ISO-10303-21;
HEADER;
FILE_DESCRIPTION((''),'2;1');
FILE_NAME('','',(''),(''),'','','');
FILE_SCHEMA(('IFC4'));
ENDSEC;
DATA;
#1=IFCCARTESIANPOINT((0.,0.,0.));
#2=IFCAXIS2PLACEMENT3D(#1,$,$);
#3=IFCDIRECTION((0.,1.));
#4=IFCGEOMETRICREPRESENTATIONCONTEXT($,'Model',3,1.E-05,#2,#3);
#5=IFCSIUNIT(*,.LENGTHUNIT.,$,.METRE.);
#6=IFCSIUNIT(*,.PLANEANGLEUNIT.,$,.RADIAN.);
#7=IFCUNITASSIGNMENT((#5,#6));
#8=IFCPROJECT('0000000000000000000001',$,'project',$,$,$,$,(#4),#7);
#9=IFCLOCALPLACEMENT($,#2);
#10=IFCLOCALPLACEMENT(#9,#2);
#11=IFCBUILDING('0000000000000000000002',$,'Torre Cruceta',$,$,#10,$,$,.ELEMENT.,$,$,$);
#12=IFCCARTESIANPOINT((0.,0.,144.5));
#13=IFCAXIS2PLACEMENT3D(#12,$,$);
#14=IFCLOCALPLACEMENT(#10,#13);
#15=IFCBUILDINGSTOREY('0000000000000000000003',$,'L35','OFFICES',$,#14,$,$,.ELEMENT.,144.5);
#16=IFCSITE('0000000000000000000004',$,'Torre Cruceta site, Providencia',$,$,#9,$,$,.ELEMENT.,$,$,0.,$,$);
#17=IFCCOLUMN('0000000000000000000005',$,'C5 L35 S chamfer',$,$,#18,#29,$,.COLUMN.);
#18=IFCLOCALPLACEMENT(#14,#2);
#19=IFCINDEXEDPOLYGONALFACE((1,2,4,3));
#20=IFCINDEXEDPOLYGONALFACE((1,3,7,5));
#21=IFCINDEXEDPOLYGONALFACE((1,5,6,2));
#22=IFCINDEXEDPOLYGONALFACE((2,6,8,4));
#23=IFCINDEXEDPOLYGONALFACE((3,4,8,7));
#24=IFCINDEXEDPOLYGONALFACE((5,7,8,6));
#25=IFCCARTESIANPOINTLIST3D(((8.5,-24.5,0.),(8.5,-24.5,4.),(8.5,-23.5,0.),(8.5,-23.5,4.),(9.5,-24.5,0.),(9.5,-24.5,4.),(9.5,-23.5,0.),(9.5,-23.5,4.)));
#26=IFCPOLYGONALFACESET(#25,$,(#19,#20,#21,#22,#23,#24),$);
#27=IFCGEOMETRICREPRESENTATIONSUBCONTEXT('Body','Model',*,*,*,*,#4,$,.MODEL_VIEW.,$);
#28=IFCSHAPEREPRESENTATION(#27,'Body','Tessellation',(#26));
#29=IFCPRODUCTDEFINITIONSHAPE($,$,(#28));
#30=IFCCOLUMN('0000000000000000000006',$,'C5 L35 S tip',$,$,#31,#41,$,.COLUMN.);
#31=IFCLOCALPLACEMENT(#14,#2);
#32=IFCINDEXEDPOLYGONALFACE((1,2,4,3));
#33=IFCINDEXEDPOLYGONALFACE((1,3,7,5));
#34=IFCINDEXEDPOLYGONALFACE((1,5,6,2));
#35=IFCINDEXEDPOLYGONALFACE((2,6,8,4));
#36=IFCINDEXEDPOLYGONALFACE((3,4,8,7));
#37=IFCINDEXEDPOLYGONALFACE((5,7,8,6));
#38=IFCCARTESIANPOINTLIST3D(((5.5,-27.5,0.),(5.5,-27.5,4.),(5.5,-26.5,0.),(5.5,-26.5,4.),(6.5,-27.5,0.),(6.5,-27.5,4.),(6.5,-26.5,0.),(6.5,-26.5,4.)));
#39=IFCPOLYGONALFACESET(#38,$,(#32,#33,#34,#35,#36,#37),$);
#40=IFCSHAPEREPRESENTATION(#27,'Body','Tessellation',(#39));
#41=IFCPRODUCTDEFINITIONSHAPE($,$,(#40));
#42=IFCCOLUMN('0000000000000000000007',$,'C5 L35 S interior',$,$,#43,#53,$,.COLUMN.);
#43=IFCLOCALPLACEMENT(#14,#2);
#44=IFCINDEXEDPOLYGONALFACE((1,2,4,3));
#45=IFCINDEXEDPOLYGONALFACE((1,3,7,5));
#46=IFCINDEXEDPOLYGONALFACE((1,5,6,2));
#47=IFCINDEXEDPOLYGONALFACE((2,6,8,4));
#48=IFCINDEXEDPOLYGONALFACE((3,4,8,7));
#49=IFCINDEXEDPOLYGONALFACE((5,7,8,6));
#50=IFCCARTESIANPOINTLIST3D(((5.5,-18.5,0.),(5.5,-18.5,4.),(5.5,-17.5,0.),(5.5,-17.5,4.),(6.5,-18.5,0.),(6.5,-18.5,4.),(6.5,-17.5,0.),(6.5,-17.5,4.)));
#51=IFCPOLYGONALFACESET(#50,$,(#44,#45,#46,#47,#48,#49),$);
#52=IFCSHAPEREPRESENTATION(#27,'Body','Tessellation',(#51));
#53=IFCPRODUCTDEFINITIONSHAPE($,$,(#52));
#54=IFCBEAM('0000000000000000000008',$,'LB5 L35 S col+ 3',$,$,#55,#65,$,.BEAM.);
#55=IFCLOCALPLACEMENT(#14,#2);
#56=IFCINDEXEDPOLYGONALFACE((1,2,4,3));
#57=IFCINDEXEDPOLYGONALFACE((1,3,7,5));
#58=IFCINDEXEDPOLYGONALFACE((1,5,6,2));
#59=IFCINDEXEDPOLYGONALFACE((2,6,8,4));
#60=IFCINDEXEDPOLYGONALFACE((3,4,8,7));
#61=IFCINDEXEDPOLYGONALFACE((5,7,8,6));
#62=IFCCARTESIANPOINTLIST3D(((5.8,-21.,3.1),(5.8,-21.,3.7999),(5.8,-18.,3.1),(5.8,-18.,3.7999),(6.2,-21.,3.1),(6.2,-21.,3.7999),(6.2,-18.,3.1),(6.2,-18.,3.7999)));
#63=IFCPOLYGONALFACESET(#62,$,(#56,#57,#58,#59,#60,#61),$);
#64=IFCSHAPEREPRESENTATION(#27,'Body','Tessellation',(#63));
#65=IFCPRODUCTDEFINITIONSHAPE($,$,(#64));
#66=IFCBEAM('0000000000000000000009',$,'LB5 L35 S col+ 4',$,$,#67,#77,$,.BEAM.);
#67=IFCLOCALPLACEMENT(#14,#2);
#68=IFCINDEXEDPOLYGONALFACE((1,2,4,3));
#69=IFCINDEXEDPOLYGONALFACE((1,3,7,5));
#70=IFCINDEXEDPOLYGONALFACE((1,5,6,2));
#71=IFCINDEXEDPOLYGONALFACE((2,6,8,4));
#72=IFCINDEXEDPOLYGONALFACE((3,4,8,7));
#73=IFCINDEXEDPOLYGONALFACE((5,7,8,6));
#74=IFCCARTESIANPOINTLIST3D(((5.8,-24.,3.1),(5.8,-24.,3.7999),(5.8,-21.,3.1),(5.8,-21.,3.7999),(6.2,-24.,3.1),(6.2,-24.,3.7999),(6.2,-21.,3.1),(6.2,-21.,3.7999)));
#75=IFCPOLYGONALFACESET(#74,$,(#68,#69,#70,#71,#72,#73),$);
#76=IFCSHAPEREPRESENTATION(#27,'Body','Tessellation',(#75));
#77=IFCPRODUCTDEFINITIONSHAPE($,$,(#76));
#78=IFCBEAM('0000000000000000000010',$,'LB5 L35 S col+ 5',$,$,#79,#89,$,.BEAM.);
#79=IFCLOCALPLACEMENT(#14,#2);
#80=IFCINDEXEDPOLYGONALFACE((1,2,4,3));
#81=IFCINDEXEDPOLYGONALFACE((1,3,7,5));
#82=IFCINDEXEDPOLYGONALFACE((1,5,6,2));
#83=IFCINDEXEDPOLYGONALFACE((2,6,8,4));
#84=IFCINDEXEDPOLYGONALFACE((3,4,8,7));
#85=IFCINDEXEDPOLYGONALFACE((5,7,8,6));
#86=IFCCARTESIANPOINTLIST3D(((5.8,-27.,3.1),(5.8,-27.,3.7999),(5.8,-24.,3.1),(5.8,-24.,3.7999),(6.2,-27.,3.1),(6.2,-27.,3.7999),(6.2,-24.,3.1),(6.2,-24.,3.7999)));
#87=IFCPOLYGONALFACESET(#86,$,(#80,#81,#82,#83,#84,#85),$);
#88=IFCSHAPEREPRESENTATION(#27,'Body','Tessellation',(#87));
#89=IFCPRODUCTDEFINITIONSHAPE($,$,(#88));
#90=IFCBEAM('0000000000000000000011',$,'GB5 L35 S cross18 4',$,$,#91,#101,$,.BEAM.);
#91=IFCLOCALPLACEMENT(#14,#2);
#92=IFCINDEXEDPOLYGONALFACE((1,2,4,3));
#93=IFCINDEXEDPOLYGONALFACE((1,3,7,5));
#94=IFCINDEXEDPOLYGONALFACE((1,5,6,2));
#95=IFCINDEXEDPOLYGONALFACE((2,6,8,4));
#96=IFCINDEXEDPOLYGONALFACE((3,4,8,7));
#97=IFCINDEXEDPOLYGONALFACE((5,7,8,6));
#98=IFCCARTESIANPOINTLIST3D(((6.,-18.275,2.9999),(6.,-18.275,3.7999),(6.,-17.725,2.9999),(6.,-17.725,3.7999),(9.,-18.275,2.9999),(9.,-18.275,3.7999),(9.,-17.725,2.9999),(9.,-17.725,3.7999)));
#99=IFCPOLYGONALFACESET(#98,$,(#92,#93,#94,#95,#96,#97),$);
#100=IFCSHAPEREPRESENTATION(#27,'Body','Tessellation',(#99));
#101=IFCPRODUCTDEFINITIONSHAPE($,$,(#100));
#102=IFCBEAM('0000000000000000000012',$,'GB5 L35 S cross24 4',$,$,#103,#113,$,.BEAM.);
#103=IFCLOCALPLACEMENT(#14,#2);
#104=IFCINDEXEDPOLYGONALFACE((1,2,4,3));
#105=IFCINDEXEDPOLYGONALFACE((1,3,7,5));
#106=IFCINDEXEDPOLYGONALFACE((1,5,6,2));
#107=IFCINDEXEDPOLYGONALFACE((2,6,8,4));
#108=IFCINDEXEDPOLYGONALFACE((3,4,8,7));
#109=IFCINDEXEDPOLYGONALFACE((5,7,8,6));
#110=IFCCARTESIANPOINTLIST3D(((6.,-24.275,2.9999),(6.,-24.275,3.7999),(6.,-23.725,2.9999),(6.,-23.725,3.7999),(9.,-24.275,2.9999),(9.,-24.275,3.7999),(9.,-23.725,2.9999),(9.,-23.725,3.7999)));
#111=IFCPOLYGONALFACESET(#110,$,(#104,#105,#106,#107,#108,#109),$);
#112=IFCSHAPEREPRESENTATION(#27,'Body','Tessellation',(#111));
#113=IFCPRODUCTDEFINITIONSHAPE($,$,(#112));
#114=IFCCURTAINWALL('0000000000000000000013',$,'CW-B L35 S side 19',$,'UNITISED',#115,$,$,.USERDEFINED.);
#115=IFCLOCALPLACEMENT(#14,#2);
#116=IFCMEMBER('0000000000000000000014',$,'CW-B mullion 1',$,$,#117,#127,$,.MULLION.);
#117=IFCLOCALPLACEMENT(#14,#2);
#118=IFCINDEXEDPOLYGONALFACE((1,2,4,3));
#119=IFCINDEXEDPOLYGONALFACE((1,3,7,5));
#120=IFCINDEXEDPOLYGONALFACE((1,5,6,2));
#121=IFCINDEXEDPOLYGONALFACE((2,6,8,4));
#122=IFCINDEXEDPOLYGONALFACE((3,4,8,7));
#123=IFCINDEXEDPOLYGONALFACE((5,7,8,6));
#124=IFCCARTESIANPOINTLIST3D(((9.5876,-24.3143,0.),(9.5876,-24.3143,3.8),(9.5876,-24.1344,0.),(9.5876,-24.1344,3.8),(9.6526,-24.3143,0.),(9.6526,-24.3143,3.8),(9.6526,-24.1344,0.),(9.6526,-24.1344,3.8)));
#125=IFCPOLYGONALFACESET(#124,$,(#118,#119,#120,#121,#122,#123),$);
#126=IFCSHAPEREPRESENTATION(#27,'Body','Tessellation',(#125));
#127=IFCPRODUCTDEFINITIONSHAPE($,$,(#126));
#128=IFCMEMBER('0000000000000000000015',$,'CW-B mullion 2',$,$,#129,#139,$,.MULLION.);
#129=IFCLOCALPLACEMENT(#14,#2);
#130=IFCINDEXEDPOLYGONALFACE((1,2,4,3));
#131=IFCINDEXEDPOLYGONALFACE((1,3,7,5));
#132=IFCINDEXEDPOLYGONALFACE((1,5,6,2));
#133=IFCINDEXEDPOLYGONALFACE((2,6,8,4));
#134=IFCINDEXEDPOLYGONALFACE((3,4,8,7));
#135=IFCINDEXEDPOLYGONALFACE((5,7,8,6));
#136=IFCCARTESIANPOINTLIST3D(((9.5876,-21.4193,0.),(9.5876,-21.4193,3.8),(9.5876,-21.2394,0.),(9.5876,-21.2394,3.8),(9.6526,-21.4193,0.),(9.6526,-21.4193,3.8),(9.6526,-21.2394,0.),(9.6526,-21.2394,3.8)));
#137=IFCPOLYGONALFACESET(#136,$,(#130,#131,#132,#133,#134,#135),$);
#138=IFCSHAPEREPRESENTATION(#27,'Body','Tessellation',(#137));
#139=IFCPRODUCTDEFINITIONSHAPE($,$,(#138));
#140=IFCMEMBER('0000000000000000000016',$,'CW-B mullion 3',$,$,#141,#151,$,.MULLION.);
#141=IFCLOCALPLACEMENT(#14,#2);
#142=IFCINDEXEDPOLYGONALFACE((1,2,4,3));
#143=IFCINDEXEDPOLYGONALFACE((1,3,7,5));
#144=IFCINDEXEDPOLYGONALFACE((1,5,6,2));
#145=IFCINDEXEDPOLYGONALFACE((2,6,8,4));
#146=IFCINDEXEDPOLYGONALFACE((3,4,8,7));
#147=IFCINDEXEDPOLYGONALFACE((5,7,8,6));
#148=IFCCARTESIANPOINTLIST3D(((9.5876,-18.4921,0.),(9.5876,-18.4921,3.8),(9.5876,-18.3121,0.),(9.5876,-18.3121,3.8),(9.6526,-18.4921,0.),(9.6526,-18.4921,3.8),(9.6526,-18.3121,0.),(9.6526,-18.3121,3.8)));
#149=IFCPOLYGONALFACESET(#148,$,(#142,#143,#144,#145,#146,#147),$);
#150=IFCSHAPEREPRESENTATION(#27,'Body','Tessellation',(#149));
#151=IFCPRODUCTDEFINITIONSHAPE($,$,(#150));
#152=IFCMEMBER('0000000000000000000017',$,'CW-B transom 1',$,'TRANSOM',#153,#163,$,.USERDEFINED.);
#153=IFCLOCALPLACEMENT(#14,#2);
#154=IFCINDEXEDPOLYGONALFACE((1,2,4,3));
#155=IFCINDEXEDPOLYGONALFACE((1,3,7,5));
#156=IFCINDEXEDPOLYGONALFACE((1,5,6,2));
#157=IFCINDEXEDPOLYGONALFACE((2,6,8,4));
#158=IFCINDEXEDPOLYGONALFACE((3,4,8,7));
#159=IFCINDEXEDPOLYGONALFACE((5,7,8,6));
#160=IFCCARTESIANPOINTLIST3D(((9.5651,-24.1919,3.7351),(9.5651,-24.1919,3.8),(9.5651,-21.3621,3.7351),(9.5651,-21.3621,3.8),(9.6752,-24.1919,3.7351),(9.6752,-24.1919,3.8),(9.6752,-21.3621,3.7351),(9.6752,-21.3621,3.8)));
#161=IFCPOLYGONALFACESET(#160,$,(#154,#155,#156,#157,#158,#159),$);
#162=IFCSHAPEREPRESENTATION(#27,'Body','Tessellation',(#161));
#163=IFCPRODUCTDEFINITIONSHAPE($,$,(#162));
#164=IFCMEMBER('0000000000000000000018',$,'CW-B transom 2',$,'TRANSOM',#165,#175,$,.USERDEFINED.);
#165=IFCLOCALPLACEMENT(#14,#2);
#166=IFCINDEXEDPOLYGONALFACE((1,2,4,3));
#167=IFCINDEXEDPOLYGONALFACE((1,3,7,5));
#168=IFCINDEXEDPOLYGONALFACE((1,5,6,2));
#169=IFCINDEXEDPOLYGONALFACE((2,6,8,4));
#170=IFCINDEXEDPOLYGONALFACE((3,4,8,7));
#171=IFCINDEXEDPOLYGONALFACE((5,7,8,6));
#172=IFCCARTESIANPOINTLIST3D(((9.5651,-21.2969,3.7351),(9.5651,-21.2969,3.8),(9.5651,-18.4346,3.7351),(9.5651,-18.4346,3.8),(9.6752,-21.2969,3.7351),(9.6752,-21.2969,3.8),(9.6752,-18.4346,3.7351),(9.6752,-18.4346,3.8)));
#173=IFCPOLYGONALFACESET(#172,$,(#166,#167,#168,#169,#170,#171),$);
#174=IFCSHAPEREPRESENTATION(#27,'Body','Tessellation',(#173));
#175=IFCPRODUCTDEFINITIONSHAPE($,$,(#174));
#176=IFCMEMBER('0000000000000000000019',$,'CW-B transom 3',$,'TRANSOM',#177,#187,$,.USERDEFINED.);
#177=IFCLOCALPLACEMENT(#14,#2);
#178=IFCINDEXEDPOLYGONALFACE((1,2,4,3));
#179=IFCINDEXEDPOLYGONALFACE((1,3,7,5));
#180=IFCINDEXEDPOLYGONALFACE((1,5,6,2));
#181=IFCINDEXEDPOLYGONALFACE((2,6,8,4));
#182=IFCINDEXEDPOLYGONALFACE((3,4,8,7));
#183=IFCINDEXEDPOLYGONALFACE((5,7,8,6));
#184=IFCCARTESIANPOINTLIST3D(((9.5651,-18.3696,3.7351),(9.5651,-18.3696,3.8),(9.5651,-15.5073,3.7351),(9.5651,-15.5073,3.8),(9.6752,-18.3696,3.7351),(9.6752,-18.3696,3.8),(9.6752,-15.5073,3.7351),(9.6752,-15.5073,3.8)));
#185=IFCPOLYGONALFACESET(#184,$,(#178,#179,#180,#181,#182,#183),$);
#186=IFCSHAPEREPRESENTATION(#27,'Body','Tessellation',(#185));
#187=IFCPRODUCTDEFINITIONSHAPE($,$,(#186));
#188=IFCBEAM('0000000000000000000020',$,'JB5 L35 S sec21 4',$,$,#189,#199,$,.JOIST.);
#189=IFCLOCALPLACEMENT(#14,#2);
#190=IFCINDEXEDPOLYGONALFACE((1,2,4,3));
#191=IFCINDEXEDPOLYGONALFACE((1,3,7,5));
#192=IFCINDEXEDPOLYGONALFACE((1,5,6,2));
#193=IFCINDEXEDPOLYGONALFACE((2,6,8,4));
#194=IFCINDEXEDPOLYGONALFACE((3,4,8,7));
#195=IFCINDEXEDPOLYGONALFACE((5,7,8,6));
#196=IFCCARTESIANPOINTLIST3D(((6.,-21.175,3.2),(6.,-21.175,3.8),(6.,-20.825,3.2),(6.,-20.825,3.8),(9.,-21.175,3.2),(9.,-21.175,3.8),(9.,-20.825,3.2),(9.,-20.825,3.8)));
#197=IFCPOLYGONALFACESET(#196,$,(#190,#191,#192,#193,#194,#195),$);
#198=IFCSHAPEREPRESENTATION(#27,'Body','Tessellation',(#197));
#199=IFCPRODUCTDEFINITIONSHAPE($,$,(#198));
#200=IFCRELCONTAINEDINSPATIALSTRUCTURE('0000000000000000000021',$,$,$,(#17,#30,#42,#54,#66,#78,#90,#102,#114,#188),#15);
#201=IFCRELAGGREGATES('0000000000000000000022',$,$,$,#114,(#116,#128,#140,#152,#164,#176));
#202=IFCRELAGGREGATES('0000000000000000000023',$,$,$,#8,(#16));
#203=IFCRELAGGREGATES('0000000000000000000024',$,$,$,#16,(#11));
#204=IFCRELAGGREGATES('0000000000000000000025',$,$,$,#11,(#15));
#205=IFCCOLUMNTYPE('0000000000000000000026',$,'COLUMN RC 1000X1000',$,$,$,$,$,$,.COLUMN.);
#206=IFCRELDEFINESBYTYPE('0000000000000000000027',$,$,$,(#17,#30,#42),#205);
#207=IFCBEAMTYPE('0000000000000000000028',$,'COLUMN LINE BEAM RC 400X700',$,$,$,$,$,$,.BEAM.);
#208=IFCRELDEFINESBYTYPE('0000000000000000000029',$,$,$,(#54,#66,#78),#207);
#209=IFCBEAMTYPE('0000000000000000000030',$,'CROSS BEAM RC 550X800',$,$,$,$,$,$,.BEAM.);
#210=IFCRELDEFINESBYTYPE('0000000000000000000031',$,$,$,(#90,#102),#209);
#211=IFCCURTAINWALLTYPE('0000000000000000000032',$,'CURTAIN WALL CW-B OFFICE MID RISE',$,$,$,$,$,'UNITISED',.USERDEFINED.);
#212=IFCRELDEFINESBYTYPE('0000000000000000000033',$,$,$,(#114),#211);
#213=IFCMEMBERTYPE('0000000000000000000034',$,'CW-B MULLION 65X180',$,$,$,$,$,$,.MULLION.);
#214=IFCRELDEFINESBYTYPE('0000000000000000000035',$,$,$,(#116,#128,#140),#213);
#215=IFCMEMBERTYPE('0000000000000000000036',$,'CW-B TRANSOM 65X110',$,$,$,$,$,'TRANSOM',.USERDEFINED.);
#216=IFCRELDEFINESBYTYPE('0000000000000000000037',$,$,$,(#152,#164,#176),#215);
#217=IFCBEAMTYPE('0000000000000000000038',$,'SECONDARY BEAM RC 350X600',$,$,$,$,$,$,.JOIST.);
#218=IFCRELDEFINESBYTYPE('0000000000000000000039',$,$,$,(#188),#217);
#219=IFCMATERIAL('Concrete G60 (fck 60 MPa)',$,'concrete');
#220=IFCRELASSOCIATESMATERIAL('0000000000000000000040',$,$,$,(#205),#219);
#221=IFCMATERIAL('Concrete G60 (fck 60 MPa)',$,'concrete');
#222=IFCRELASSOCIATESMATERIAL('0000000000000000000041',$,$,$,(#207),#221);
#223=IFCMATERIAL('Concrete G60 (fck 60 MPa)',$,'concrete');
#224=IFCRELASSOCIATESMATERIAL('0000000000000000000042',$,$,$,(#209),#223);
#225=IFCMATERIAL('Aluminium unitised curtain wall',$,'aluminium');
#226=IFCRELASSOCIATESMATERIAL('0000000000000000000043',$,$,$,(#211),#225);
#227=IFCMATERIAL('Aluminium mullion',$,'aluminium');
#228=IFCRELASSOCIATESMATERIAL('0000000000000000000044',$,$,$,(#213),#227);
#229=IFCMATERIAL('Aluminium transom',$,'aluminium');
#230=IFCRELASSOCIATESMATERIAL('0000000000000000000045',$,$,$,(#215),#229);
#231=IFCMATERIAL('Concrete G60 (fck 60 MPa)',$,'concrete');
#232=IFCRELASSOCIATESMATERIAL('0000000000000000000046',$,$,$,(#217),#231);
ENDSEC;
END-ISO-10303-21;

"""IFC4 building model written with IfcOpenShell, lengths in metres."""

from ifc_helpers import new_model, si_unit, direction, frame, origin, origin_2d, place, context, subcontext, project, spatial, rectangle, extrude, material, material_profile, profile_set, type_object, element, aggregate, save


model = new_model("IFC4")

# Units and contexts
model_context = context("Model", 3, precision=1e-05, world=origin(), true_north=direction((0.0, 1.0)))
body_context = subcontext(model_context, "Body", "Model", "MODEL_VIEW")
ifc_project = project(units=[si_unit("LENGTHUNIT", "METRE"), si_unit("PLANEANGLEUNIT", "RADIAN")], contexts=[model_context])

# Site, building, storey
site_placement = place(None, origin())
site = spatial("IfcSite", under=ifc_project, at=site_placement, Name="Torre Cruceta site, Providencia", CompositionType="ELEMENT", RefElevation=0.0)
building_placement = place(site_placement, origin())
building = spatial("IfcBuilding", under=site, at=building_placement, Name="Torre Cruceta", CompositionType="ELEMENT")
storey_placement = place(building_placement, frame((0.0, 0.0, 144.5)))
storey = spatial("IfcBuildingStorey", under=building, at=storey_placement, Name="L35", Description="OFFICES", CompositionType="ELEMENT", Elevation=144.5)

# Columns
ifc_material_1 = material(Name="Concrete G60 (fck 60 MPa)", Category="concrete")
ifc_material_profile_1 = material_profile(ifc_material_1, rectangle(XDim=1.0, YDim=1.0, at=origin_2d()), Name="RC 1000X1000")
ifc_profile_set_1 = profile_set([ifc_material_profile_1], Name="Concrete G60 (fck 60 MPa)")
column_type = type_object("IfcColumnType", Name="COLUMN RC 1000X1000", PredefinedType="COLUMN", material=ifc_profile_set_1)
for number, where, z_axis, x_axis, name in (
    (1, (9.0, -24.0, 0.0), (0.0, 0.0, 1.0), (1.0, 0.0, 0.0), "C5 L35 S chamfer"),
    (2, (6.0, -27.0, 0.0), (0.0, 0.0, 1.0), (1.0, 0.0, 0.0), "C5 L35 S tip"),
    (3, (6.0, -18.0, 0.0), (0.0, 0.0, 1.0), (1.0, 0.0, 0.0), "C5 L35 S interior"),
):
    element("IfcColumn", number, at=place(storey_placement, frame(where, z_axis=z_axis, x_axis=x_axis)), inside=storey, type_object=column_type, Name=name, PredefinedType="COLUMN", context=body_context, shape_type="SweptSolid", body=[
        extrude(rectangle(XDim=1.0, YDim=1.0, at=origin_2d()), origin(), (0.0, 0.0, 1.0), 4.0),
    ])

# Beams
ifc_material_2 = material(Name="Concrete G60 (fck 60 MPa)", Category="concrete")
ifc_material_profile_2 = material_profile(ifc_material_2, rectangle(XDim=0.3999, YDim=0.7, at=origin_2d()), Name="RC 400X700")
ifc_profile_set_2 = profile_set([ifc_material_profile_2], Name="Concrete G60 (fck 60 MPa)")
beam_type_1 = type_object("IfcBeamType", Name="COLUMN LINE BEAM RC 400X700", PredefinedType="BEAM", material=ifc_profile_set_2)
for number, where, z_axis, x_axis, name in (
    (4, (6.0, -18.0, 3.45), (0.0, -1.0, 0.0), (1.0, 0.0, 0.0), "LB5 L35 S col+ 3"),
    (5, (6.0, -21.0, 3.45), (0.0, -1.0, 0.0), (1.0, 0.0, 0.0), "LB5 L35 S col+ 4"),
    (6, (6.0, -24.0, 3.45), (0.0, -1.0, 0.0), (1.0, 0.0, 0.0), "LB5 L35 S col+ 5"),
):
    element("IfcBeam", number, at=place(storey_placement, frame(where, z_axis=z_axis, x_axis=x_axis)), inside=storey, type_object=beam_type_1, Name=name, PredefinedType="BEAM", context=body_context, shape_type="SweptSolid", body=[
        extrude(rectangle(XDim=0.3999, YDim=0.7, at=origin_2d()), origin(), (0.0, 0.0, 1.0), 3.0),
    ])
ifc_material_3 = material(Name="Concrete G60 (fck 60 MPa)", Category="concrete")
ifc_material_profile_3 = material_profile(ifc_material_3, rectangle(XDim=0.55, YDim=0.8, at=origin_2d()), Name="RC 550X800")
ifc_profile_set_3 = profile_set([ifc_material_profile_3], Name="Concrete G60 (fck 60 MPa)")
beam_type_2 = type_object("IfcBeamType", Name="CROSS BEAM RC 550X800", PredefinedType="BEAM", material=ifc_profile_set_3)
for number, where, z_axis, x_axis, name in (
    (7, (6.0, -18.0, 3.3999), (1.0, 0.0, 0.0), (0.0, 1.0, 0.0), "GB5 L35 S cross18 4"),
    (8, (6.0, -24.0, 3.3999), (1.0, 0.0, 0.0), (0.0, 1.0, 0.0), "GB5 L35 S cross24 4"),
):
    element("IfcBeam", number, at=place(storey_placement, frame(where, z_axis=z_axis, x_axis=x_axis)), inside=storey, type_object=beam_type_2, Name=name, PredefinedType="BEAM", context=body_context, shape_type="SweptSolid", body=[
        extrude(rectangle(XDim=0.55, YDim=0.8, at=origin_2d()), origin(), (0.0, 0.0, 1.0), 3.0),
    ])

# Curtain wall, members
ifc_material_4 = material(Name="Aluminium unitised curtain wall", Category="aluminium")
curtain_wall_type = type_object("IfcCurtainWallType", Name="CURTAIN WALL CW-B OFFICE MID RISE", ElementType="UNITISED", PredefinedType="USERDEFINED", material=ifc_material_4)
curtain_wall_placement = place(storey_placement, origin())
curtain_wall = element("IfcCurtainWall", 9, at=curtain_wall_placement, inside=storey, type_object=curtain_wall_type, Name="CW-B L35 S side 19", ObjectType="UNITISED", PredefinedType="USERDEFINED")
ifc_material_5 = material(Name="Aluminium mullion", Category="aluminium")
ifc_material_profile_4 = material_profile(ifc_material_5, rectangle(XDim=0.0649, YDim=0.1799, at=origin_2d()), Name="AL 65X180")
ifc_profile_set_4 = profile_set([ifc_material_profile_4], Name="Aluminium mullion")
member_type_1 = type_object("IfcMemberType", Name="CW-B MULLION 65X180", PredefinedType="MULLION", material=ifc_profile_set_4)
member_1_placement = place(storey_placement, frame((9.6201, -24.2244, 0.0), z_axis=(0.0, 0.0, 1.0), x_axis=(-1.0, 0.0, 0.0)))
member_1 = element("IfcMember", 10, at=member_1_placement, type_object=member_type_1, Name="CW-B mullion 1", PredefinedType="MULLION", context=body_context, shape_type="SweptSolid", body=[
    extrude(rectangle(XDim=0.0649, YDim=0.1799, at=origin_2d()), origin(), (0.0, 0.0, 1.0), 3.8),
])
member_2_placement = place(storey_placement, frame((9.6201, -21.3293, 0.0), z_axis=(0.0, 0.0, 1.0), x_axis=(-1.0, 0.0, 0.0)))
member_2 = element("IfcMember", 11, at=member_2_placement, type_object=member_type_1, Name="CW-B mullion 2", PredefinedType="MULLION", context=body_context, shape_type="SweptSolid", body=[
    extrude(rectangle(XDim=0.0649, YDim=0.1799, at=origin_2d()), origin(), (0.0, 0.0, 1.0), 3.8),
])
member_3_placement = place(storey_placement, frame((9.6201, -18.4021, 0.0), z_axis=(0.0, 0.0, 1.0), x_axis=(-1.0, 0.0, 0.0)))
member_3 = element("IfcMember", 12, at=member_3_placement, type_object=member_type_1, Name="CW-B mullion 3", PredefinedType="MULLION", context=body_context, shape_type="SweptSolid", body=[
    extrude(rectangle(XDim=0.0649, YDim=0.1799, at=origin_2d()), origin(), (0.0, 0.0, 1.0), 3.8),
])
ifc_material_6 = material(Name="Aluminium transom", Category="aluminium")
ifc_material_profile_5 = material_profile(ifc_material_6, rectangle(XDim=0.1101, YDim=0.0649, at=origin_2d()), Name="AL 110X65")
ifc_profile_set_5 = profile_set([ifc_material_profile_5], Name="Aluminium transom")
member_type_2 = type_object("IfcMemberType", Name="CW-B TRANSOM 65X110", ElementType="TRANSOM", PredefinedType="USERDEFINED", material=ifc_profile_set_5)
member_4_placement = place(storey_placement, frame((9.6201, -24.1919, 3.7676), z_axis=(0.0, 1.0, 0.0), x_axis=(-1.0, 0.0, 0.0)))
member_4 = element("IfcMember", 13, at=member_4_placement, type_object=member_type_2, Name="CW-B transom 1", ObjectType="TRANSOM", PredefinedType="USERDEFINED", context=body_context, shape_type="SweptSolid", body=[
    extrude(rectangle(XDim=0.1101, YDim=0.0649, at=origin_2d()), origin(), (0.0, 0.0, 1.0), 2.8298),
])
member_5_placement = place(storey_placement, frame((9.6201, -21.2969, 3.7676), z_axis=(0.0, 1.0, 0.0), x_axis=(-1.0, 0.0, 0.0)))
member_5 = element("IfcMember", 14, at=member_5_placement, type_object=member_type_2, Name="CW-B transom 2", ObjectType="TRANSOM", PredefinedType="USERDEFINED", context=body_context, shape_type="SweptSolid", body=[
    extrude(rectangle(XDim=0.1101, YDim=0.0649, at=origin_2d()), origin(), (0.0, 0.0, 1.0), 2.8623),
])
member_6_placement = place(storey_placement, frame((9.6201, -18.3696, 3.7676), z_axis=(0.0, 1.0, 0.0), x_axis=(-1.0, 0.0, 0.0)))
member_6 = element("IfcMember", 15, at=member_6_placement, type_object=member_type_2, Name="CW-B transom 3", ObjectType="TRANSOM", PredefinedType="USERDEFINED", context=body_context, shape_type="SweptSolid", body=[
    extrude(rectangle(XDim=0.1101, YDim=0.0649, at=origin_2d()), origin(), (0.0, 0.0, 1.0), 2.8623),
])

# Beam
ifc_material_7 = material(Name="Concrete G60 (fck 60 MPa)", Category="concrete")
ifc_material_profile_6 = material_profile(ifc_material_7, rectangle(XDim=0.3501, YDim=0.6001, at=origin_2d()), Name="RC 350X600")
ifc_profile_set_6 = profile_set([ifc_material_profile_6], Name="Concrete G60 (fck 60 MPa)")
beam_type_3 = type_object("IfcBeamType", Name="SECONDARY BEAM RC 350X600", PredefinedType="JOIST", material=ifc_profile_set_6)
beam_1_placement = place(storey_placement, frame((6.0, -21.0, 3.5), z_axis=(1.0, 0.0, 0.0), x_axis=(0.0, 1.0, 0.0)))
element("IfcBeam", 16, at=beam_1_placement, inside=storey, type_object=beam_type_3, Name="JB5 L35 S sec21 4", PredefinedType="JOIST", context=body_context, shape_type="SweptSolid", body=[
    extrude(rectangle(XDim=0.3501, YDim=0.6001, at=origin_2d()), origin(), (0.0, 0.0, 1.0), 3.0),
])

aggregate(curtain_wall, [member_1, member_2, member_3, member_4, member_5, member_6])

save(model, "model.ifc")
